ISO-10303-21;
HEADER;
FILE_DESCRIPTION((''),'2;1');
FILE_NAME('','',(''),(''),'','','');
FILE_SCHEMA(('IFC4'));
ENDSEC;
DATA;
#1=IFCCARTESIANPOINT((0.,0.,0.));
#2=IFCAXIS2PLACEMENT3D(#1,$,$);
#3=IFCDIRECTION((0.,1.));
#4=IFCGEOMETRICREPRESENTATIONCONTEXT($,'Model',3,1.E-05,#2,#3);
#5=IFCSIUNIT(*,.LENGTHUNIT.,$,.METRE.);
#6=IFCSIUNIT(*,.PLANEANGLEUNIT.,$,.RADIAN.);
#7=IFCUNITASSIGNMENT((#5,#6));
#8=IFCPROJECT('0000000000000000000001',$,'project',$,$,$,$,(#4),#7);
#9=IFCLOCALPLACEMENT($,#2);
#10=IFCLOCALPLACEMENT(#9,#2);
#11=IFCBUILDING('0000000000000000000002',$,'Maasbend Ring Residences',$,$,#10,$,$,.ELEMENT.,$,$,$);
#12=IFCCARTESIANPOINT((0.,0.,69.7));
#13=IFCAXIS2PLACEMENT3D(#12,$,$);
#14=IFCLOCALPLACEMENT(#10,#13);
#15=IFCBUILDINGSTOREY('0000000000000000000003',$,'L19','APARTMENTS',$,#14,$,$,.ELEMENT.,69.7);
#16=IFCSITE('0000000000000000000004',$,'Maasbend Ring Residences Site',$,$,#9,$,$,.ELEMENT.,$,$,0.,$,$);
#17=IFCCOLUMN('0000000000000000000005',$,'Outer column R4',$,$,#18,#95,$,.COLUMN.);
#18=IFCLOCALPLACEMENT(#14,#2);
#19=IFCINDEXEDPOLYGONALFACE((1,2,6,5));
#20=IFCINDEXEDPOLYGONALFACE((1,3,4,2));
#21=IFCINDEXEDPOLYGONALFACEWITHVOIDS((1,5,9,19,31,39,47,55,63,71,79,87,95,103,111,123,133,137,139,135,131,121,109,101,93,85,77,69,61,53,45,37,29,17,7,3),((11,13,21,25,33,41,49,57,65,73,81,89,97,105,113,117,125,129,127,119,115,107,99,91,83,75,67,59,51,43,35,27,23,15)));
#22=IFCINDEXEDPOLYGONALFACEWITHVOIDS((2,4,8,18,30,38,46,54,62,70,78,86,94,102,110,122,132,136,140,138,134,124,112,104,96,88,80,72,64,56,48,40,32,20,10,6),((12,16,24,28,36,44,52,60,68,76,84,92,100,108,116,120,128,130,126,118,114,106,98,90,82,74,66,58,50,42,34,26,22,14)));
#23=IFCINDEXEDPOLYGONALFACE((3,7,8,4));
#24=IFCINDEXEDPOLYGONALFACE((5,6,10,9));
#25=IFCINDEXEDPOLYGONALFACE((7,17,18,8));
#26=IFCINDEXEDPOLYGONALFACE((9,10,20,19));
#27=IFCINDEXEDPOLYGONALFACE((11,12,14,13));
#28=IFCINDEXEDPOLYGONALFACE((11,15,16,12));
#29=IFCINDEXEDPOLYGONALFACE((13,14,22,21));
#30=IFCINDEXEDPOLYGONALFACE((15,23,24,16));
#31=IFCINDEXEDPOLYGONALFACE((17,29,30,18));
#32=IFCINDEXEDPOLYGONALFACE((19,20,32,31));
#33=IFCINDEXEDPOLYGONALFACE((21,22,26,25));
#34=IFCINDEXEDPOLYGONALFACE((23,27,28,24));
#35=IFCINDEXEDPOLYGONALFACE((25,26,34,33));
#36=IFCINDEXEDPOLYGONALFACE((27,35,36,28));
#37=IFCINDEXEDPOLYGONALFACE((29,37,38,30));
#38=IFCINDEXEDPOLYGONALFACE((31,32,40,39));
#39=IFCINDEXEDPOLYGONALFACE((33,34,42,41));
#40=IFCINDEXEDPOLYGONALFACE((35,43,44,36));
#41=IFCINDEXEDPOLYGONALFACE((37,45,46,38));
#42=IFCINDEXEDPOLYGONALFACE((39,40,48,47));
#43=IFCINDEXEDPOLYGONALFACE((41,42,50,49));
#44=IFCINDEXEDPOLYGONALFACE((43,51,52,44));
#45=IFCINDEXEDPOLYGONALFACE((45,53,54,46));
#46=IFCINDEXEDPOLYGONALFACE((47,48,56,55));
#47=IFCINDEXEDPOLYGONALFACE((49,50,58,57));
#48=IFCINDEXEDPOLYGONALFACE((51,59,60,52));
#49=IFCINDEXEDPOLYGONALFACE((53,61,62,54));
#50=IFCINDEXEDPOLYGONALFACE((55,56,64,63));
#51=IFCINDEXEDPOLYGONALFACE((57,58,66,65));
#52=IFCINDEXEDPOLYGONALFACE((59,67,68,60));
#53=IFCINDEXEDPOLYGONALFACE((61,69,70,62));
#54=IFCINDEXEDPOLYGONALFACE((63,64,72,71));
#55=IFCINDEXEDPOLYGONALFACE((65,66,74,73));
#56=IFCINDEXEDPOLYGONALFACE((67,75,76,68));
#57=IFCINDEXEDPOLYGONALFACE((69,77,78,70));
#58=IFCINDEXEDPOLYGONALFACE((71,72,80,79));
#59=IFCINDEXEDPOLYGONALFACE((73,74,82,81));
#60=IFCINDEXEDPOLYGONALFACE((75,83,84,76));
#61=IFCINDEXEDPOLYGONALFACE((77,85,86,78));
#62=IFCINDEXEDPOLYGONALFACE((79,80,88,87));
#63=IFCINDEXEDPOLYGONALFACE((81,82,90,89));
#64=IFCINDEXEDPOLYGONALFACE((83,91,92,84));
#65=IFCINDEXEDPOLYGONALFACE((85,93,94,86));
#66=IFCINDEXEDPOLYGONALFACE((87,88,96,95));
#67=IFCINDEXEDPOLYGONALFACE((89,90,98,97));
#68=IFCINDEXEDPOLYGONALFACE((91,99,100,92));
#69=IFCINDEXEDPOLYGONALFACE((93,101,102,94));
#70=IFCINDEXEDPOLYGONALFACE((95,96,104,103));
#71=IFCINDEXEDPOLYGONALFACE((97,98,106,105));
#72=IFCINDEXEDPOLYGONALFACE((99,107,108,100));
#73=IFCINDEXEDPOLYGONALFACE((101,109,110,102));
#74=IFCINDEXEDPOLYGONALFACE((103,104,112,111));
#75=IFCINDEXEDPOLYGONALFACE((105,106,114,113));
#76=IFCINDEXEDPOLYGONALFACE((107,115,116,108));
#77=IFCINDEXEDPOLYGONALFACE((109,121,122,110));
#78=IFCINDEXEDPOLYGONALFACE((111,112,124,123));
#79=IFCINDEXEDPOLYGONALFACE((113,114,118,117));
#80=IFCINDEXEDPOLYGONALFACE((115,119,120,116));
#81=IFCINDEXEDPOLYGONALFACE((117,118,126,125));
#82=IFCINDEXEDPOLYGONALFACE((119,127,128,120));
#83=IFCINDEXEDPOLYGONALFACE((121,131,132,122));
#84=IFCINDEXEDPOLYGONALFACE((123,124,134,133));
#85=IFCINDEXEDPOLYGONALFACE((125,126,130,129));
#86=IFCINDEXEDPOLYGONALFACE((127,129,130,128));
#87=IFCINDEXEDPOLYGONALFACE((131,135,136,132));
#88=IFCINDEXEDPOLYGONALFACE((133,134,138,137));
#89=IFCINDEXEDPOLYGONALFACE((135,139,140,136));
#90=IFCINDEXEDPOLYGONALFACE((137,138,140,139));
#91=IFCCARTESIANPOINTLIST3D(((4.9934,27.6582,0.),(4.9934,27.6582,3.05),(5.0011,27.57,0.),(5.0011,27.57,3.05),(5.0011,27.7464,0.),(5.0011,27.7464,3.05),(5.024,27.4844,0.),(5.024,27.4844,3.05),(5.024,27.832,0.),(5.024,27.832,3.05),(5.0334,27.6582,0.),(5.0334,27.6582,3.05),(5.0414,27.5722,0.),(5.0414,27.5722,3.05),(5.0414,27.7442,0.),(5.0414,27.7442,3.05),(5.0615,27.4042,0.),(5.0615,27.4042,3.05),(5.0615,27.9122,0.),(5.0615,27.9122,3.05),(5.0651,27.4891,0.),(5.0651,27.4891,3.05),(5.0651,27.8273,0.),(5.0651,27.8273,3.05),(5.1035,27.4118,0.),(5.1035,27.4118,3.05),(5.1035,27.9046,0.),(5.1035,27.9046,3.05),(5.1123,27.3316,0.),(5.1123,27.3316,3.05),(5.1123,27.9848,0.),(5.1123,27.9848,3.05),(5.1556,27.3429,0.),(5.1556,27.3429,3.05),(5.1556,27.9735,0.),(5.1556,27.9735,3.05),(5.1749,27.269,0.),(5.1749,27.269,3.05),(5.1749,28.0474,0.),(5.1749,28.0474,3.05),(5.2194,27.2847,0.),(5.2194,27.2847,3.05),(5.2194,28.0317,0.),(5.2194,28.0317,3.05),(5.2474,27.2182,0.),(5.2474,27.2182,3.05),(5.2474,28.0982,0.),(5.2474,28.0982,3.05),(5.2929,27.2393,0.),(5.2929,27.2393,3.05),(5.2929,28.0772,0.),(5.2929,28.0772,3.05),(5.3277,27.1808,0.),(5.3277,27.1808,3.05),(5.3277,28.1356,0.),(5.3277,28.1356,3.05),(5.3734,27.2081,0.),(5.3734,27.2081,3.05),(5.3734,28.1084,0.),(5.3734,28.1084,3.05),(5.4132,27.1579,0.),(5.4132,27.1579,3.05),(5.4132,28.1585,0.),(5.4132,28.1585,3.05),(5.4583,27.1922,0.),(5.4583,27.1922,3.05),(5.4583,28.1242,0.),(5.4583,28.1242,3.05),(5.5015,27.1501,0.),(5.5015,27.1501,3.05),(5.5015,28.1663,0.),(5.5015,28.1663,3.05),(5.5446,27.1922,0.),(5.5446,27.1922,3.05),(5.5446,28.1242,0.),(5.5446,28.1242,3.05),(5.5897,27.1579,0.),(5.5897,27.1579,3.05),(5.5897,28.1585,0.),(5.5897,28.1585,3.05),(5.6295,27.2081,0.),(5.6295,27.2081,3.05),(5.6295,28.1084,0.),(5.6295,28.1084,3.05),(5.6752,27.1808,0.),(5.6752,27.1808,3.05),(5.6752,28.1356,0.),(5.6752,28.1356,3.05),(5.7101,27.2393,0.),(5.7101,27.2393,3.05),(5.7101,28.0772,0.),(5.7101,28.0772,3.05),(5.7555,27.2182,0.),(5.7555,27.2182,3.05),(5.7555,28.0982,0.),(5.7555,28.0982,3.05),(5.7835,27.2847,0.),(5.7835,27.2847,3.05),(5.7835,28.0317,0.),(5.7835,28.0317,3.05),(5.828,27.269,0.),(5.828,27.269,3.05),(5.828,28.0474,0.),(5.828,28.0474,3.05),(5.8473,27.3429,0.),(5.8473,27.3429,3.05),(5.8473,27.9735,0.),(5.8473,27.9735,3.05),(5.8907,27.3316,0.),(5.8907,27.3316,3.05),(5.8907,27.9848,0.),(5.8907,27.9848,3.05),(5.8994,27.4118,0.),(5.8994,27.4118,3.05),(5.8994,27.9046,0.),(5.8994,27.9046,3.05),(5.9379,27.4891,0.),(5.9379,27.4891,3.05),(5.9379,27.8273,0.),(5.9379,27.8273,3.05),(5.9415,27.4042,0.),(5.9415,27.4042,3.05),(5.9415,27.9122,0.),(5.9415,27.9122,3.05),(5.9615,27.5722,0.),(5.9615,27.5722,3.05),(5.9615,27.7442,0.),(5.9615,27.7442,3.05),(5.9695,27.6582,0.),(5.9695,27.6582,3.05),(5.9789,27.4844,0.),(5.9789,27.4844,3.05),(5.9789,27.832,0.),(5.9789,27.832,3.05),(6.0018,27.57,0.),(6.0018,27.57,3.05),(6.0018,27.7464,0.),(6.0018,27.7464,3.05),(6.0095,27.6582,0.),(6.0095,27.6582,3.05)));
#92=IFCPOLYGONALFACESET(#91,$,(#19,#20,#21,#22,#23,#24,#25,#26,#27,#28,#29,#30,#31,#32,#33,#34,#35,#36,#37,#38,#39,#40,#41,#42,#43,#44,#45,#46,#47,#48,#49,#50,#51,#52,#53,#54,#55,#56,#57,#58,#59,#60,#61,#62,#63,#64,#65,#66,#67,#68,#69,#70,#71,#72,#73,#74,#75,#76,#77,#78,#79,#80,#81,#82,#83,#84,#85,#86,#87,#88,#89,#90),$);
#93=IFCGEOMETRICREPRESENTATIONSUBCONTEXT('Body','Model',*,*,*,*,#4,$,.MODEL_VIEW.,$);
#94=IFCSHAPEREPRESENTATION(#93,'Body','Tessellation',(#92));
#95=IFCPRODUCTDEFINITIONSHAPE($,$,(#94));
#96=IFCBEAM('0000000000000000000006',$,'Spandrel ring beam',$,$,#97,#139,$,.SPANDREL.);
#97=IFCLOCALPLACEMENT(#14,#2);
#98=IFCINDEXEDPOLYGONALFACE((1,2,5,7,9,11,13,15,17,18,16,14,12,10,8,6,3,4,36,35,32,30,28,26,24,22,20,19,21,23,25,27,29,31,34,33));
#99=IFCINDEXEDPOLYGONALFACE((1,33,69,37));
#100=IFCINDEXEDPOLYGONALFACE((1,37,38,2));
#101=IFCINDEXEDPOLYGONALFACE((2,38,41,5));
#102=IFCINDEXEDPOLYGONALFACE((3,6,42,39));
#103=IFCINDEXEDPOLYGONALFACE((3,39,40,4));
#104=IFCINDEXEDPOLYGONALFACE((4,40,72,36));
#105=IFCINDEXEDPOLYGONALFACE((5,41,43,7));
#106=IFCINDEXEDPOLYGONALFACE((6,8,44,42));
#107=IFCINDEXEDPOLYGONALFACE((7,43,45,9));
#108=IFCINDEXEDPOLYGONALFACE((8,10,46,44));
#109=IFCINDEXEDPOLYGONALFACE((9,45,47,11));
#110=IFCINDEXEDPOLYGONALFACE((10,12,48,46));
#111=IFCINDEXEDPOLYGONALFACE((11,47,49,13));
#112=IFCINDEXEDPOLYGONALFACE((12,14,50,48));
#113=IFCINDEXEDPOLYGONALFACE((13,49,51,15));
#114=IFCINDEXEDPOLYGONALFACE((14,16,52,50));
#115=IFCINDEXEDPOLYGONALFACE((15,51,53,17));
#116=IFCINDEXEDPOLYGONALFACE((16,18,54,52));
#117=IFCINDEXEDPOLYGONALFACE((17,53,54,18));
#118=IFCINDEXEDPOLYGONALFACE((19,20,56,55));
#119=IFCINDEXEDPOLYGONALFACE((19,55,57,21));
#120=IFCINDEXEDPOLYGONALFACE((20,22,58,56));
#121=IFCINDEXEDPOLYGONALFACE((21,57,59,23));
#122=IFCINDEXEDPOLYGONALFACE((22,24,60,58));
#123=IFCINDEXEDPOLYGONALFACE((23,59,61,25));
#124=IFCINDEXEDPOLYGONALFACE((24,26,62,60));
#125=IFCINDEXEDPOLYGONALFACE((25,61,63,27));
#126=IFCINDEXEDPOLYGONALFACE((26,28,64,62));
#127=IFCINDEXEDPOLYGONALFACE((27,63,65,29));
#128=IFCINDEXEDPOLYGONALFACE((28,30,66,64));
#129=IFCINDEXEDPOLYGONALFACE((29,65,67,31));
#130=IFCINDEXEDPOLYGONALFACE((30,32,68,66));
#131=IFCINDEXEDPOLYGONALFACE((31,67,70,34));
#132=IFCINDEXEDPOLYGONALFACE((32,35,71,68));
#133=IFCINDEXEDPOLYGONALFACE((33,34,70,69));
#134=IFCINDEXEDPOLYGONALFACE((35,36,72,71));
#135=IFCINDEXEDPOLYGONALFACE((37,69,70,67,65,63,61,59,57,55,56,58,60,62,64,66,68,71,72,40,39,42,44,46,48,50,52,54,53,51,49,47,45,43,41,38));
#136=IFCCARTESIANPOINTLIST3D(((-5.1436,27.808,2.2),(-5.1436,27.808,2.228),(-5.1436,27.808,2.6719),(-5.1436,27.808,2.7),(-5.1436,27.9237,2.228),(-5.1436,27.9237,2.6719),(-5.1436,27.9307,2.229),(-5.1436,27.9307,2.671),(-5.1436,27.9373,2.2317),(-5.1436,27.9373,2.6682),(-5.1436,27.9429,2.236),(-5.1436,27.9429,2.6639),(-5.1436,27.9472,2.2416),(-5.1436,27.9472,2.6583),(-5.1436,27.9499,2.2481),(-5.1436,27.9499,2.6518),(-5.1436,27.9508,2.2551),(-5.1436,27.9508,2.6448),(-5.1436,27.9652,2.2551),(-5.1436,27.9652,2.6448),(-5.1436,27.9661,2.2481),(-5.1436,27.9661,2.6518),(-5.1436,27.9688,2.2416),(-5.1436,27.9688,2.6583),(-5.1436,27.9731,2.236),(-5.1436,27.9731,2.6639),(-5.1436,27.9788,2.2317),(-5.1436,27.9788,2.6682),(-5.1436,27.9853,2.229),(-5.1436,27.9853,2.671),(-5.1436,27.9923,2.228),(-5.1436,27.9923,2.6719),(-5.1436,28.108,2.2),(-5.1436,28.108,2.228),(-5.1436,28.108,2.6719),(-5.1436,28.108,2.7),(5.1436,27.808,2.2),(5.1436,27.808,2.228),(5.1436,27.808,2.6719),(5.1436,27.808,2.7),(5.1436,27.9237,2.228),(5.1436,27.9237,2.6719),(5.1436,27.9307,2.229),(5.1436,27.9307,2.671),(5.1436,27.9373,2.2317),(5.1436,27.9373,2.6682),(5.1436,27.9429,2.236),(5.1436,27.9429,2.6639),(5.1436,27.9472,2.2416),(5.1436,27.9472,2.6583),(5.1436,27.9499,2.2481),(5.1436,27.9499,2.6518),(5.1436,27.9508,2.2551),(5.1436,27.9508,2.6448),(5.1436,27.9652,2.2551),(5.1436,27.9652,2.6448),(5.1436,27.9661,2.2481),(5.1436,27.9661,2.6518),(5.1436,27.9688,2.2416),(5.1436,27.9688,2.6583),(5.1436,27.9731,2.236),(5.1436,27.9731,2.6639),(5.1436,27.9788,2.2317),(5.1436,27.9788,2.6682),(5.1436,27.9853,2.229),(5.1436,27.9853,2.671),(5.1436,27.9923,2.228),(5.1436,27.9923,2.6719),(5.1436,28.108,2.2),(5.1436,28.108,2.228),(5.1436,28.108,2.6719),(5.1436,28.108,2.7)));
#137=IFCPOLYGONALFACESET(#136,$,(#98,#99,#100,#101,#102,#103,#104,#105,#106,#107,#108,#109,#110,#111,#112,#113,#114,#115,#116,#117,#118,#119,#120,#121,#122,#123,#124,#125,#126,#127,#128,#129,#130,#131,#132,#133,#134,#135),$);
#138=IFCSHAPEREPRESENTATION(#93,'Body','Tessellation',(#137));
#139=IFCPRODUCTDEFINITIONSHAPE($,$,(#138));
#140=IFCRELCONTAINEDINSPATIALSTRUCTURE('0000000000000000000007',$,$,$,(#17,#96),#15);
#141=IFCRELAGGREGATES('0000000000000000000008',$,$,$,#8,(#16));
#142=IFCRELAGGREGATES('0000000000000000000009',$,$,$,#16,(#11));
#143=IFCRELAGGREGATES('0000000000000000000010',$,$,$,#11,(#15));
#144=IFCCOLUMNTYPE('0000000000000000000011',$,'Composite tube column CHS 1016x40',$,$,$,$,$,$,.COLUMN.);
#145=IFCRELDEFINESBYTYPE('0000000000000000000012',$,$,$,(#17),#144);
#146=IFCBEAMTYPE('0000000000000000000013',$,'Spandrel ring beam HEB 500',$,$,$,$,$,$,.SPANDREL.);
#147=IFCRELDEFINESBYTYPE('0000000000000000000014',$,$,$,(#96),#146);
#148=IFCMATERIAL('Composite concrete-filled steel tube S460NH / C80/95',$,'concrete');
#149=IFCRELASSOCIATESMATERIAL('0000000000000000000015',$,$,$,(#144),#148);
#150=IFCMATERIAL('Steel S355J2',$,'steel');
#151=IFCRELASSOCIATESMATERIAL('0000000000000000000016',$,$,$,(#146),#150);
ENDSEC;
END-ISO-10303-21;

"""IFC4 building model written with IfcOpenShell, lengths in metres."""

from ifc_helpers import new_model, si_unit, direction, frame, origin, origin_2d, place, context, subcontext, project, spatial, hollow_circle, i_section, extrude, material, material_profile, profile_set, type_object, element, save


model = new_model("IFC4")

# Units and contexts
model_context = context("Model", 3, precision=1e-05, world=origin(), true_north=direction((0.0, 1.0)))
body_context = subcontext(model_context, "Body", "Model", "MODEL_VIEW")
ifc_project = project(units=[si_unit("LENGTHUNIT", "METRE"), si_unit("PLANEANGLEUNIT", "RADIAN")], contexts=[model_context])

# Site, building, storey
site_placement = place(None, origin())
site = spatial("IfcSite", under=ifc_project, at=site_placement, Name="Maasbend Ring Residences Site", CompositionType="ELEMENT", RefElevation=0.0)
building_placement = place(site_placement, origin())
building = spatial("IfcBuilding", under=site, at=building_placement, Name="Maasbend Ring Residences", CompositionType="ELEMENT")
storey_placement = place(building_placement, frame((0.0, 0.0, 69.7)))
storey = spatial("IfcBuildingStorey", under=building, at=storey_placement, Name="L19", Description="APARTMENTS", CompositionType="ELEMENT", Elevation=69.7)

# Column
ifc_material_1 = material(Name="Composite concrete-filled steel tube S460NH / C80/95", Category="concrete")
ifc_material_profile_1 = material_profile(ifc_material_1, hollow_circle(Radius=0.5081, WallThickness=0.04, at=origin_2d()), Name="Composite tube column CHS 1016x40")
ifc_profile_set_1 = profile_set([ifc_material_profile_1], Name="Composite concrete-filled steel tube S460NH / C80/95")
column_type = type_object("IfcColumnType", Name="Composite tube column CHS 1016x40", PredefinedType="COLUMN", material=ifc_profile_set_1)
column_placement = place(storey_placement, frame((5.5015, 27.6582, 0.0), z_axis=(0.0, 0.0, 1.0), x_axis=(1.0, 0.0, 0.0)))
element("IfcColumn", 1, at=column_placement, inside=storey, type_object=column_type, Name="Outer column R4", PredefinedType="COLUMN", context=body_context, shape_type="SweptSolid", body=[
    extrude(hollow_circle(Radius=0.5081, WallThickness=0.04, at=origin_2d()), origin(), (0.0, 0.0, 1.0), 3.05),
])

# Beam
ifc_material_2 = material(Name="Steel S355J2", Category="steel")
ifc_material_profile_2 = material_profile(ifc_material_2, i_section(OverallWidth=0.3, OverallDepth=0.5, WebThickness=0.0144, FlangeThickness=0.0281, FilletRadius=0.0271, at=origin_2d()), Name="HEB 500")
ifc_profile_set_2 = profile_set([ifc_material_profile_2], Name="Steel S355J2")
beam_type = type_object("IfcBeamType", Name="Spandrel ring beam HEB 500", PredefinedType="SPANDREL", material=ifc_profile_set_2)
beam_placement = place(storey_placement, frame((5.1436, 27.958, 2.45), z_axis=(-1.0, 0.0, 0.0), x_axis=(0.0, -1.0, 0.0)))
element("IfcBeam", 2, at=beam_placement, inside=storey, type_object=beam_type, Name="Spandrel ring beam", PredefinedType="SPANDREL", context=body_context, shape_type="SweptSolid", body=[
    extrude(i_section(OverallWidth=0.3, OverallDepth=0.5, WebThickness=0.0144, FlangeThickness=0.0281, FilletRadius=0.0271, at=origin_2d()), origin(), (0.0, 0.0, 1.0), 10.2871),
])

save(model, "model.ifc")
